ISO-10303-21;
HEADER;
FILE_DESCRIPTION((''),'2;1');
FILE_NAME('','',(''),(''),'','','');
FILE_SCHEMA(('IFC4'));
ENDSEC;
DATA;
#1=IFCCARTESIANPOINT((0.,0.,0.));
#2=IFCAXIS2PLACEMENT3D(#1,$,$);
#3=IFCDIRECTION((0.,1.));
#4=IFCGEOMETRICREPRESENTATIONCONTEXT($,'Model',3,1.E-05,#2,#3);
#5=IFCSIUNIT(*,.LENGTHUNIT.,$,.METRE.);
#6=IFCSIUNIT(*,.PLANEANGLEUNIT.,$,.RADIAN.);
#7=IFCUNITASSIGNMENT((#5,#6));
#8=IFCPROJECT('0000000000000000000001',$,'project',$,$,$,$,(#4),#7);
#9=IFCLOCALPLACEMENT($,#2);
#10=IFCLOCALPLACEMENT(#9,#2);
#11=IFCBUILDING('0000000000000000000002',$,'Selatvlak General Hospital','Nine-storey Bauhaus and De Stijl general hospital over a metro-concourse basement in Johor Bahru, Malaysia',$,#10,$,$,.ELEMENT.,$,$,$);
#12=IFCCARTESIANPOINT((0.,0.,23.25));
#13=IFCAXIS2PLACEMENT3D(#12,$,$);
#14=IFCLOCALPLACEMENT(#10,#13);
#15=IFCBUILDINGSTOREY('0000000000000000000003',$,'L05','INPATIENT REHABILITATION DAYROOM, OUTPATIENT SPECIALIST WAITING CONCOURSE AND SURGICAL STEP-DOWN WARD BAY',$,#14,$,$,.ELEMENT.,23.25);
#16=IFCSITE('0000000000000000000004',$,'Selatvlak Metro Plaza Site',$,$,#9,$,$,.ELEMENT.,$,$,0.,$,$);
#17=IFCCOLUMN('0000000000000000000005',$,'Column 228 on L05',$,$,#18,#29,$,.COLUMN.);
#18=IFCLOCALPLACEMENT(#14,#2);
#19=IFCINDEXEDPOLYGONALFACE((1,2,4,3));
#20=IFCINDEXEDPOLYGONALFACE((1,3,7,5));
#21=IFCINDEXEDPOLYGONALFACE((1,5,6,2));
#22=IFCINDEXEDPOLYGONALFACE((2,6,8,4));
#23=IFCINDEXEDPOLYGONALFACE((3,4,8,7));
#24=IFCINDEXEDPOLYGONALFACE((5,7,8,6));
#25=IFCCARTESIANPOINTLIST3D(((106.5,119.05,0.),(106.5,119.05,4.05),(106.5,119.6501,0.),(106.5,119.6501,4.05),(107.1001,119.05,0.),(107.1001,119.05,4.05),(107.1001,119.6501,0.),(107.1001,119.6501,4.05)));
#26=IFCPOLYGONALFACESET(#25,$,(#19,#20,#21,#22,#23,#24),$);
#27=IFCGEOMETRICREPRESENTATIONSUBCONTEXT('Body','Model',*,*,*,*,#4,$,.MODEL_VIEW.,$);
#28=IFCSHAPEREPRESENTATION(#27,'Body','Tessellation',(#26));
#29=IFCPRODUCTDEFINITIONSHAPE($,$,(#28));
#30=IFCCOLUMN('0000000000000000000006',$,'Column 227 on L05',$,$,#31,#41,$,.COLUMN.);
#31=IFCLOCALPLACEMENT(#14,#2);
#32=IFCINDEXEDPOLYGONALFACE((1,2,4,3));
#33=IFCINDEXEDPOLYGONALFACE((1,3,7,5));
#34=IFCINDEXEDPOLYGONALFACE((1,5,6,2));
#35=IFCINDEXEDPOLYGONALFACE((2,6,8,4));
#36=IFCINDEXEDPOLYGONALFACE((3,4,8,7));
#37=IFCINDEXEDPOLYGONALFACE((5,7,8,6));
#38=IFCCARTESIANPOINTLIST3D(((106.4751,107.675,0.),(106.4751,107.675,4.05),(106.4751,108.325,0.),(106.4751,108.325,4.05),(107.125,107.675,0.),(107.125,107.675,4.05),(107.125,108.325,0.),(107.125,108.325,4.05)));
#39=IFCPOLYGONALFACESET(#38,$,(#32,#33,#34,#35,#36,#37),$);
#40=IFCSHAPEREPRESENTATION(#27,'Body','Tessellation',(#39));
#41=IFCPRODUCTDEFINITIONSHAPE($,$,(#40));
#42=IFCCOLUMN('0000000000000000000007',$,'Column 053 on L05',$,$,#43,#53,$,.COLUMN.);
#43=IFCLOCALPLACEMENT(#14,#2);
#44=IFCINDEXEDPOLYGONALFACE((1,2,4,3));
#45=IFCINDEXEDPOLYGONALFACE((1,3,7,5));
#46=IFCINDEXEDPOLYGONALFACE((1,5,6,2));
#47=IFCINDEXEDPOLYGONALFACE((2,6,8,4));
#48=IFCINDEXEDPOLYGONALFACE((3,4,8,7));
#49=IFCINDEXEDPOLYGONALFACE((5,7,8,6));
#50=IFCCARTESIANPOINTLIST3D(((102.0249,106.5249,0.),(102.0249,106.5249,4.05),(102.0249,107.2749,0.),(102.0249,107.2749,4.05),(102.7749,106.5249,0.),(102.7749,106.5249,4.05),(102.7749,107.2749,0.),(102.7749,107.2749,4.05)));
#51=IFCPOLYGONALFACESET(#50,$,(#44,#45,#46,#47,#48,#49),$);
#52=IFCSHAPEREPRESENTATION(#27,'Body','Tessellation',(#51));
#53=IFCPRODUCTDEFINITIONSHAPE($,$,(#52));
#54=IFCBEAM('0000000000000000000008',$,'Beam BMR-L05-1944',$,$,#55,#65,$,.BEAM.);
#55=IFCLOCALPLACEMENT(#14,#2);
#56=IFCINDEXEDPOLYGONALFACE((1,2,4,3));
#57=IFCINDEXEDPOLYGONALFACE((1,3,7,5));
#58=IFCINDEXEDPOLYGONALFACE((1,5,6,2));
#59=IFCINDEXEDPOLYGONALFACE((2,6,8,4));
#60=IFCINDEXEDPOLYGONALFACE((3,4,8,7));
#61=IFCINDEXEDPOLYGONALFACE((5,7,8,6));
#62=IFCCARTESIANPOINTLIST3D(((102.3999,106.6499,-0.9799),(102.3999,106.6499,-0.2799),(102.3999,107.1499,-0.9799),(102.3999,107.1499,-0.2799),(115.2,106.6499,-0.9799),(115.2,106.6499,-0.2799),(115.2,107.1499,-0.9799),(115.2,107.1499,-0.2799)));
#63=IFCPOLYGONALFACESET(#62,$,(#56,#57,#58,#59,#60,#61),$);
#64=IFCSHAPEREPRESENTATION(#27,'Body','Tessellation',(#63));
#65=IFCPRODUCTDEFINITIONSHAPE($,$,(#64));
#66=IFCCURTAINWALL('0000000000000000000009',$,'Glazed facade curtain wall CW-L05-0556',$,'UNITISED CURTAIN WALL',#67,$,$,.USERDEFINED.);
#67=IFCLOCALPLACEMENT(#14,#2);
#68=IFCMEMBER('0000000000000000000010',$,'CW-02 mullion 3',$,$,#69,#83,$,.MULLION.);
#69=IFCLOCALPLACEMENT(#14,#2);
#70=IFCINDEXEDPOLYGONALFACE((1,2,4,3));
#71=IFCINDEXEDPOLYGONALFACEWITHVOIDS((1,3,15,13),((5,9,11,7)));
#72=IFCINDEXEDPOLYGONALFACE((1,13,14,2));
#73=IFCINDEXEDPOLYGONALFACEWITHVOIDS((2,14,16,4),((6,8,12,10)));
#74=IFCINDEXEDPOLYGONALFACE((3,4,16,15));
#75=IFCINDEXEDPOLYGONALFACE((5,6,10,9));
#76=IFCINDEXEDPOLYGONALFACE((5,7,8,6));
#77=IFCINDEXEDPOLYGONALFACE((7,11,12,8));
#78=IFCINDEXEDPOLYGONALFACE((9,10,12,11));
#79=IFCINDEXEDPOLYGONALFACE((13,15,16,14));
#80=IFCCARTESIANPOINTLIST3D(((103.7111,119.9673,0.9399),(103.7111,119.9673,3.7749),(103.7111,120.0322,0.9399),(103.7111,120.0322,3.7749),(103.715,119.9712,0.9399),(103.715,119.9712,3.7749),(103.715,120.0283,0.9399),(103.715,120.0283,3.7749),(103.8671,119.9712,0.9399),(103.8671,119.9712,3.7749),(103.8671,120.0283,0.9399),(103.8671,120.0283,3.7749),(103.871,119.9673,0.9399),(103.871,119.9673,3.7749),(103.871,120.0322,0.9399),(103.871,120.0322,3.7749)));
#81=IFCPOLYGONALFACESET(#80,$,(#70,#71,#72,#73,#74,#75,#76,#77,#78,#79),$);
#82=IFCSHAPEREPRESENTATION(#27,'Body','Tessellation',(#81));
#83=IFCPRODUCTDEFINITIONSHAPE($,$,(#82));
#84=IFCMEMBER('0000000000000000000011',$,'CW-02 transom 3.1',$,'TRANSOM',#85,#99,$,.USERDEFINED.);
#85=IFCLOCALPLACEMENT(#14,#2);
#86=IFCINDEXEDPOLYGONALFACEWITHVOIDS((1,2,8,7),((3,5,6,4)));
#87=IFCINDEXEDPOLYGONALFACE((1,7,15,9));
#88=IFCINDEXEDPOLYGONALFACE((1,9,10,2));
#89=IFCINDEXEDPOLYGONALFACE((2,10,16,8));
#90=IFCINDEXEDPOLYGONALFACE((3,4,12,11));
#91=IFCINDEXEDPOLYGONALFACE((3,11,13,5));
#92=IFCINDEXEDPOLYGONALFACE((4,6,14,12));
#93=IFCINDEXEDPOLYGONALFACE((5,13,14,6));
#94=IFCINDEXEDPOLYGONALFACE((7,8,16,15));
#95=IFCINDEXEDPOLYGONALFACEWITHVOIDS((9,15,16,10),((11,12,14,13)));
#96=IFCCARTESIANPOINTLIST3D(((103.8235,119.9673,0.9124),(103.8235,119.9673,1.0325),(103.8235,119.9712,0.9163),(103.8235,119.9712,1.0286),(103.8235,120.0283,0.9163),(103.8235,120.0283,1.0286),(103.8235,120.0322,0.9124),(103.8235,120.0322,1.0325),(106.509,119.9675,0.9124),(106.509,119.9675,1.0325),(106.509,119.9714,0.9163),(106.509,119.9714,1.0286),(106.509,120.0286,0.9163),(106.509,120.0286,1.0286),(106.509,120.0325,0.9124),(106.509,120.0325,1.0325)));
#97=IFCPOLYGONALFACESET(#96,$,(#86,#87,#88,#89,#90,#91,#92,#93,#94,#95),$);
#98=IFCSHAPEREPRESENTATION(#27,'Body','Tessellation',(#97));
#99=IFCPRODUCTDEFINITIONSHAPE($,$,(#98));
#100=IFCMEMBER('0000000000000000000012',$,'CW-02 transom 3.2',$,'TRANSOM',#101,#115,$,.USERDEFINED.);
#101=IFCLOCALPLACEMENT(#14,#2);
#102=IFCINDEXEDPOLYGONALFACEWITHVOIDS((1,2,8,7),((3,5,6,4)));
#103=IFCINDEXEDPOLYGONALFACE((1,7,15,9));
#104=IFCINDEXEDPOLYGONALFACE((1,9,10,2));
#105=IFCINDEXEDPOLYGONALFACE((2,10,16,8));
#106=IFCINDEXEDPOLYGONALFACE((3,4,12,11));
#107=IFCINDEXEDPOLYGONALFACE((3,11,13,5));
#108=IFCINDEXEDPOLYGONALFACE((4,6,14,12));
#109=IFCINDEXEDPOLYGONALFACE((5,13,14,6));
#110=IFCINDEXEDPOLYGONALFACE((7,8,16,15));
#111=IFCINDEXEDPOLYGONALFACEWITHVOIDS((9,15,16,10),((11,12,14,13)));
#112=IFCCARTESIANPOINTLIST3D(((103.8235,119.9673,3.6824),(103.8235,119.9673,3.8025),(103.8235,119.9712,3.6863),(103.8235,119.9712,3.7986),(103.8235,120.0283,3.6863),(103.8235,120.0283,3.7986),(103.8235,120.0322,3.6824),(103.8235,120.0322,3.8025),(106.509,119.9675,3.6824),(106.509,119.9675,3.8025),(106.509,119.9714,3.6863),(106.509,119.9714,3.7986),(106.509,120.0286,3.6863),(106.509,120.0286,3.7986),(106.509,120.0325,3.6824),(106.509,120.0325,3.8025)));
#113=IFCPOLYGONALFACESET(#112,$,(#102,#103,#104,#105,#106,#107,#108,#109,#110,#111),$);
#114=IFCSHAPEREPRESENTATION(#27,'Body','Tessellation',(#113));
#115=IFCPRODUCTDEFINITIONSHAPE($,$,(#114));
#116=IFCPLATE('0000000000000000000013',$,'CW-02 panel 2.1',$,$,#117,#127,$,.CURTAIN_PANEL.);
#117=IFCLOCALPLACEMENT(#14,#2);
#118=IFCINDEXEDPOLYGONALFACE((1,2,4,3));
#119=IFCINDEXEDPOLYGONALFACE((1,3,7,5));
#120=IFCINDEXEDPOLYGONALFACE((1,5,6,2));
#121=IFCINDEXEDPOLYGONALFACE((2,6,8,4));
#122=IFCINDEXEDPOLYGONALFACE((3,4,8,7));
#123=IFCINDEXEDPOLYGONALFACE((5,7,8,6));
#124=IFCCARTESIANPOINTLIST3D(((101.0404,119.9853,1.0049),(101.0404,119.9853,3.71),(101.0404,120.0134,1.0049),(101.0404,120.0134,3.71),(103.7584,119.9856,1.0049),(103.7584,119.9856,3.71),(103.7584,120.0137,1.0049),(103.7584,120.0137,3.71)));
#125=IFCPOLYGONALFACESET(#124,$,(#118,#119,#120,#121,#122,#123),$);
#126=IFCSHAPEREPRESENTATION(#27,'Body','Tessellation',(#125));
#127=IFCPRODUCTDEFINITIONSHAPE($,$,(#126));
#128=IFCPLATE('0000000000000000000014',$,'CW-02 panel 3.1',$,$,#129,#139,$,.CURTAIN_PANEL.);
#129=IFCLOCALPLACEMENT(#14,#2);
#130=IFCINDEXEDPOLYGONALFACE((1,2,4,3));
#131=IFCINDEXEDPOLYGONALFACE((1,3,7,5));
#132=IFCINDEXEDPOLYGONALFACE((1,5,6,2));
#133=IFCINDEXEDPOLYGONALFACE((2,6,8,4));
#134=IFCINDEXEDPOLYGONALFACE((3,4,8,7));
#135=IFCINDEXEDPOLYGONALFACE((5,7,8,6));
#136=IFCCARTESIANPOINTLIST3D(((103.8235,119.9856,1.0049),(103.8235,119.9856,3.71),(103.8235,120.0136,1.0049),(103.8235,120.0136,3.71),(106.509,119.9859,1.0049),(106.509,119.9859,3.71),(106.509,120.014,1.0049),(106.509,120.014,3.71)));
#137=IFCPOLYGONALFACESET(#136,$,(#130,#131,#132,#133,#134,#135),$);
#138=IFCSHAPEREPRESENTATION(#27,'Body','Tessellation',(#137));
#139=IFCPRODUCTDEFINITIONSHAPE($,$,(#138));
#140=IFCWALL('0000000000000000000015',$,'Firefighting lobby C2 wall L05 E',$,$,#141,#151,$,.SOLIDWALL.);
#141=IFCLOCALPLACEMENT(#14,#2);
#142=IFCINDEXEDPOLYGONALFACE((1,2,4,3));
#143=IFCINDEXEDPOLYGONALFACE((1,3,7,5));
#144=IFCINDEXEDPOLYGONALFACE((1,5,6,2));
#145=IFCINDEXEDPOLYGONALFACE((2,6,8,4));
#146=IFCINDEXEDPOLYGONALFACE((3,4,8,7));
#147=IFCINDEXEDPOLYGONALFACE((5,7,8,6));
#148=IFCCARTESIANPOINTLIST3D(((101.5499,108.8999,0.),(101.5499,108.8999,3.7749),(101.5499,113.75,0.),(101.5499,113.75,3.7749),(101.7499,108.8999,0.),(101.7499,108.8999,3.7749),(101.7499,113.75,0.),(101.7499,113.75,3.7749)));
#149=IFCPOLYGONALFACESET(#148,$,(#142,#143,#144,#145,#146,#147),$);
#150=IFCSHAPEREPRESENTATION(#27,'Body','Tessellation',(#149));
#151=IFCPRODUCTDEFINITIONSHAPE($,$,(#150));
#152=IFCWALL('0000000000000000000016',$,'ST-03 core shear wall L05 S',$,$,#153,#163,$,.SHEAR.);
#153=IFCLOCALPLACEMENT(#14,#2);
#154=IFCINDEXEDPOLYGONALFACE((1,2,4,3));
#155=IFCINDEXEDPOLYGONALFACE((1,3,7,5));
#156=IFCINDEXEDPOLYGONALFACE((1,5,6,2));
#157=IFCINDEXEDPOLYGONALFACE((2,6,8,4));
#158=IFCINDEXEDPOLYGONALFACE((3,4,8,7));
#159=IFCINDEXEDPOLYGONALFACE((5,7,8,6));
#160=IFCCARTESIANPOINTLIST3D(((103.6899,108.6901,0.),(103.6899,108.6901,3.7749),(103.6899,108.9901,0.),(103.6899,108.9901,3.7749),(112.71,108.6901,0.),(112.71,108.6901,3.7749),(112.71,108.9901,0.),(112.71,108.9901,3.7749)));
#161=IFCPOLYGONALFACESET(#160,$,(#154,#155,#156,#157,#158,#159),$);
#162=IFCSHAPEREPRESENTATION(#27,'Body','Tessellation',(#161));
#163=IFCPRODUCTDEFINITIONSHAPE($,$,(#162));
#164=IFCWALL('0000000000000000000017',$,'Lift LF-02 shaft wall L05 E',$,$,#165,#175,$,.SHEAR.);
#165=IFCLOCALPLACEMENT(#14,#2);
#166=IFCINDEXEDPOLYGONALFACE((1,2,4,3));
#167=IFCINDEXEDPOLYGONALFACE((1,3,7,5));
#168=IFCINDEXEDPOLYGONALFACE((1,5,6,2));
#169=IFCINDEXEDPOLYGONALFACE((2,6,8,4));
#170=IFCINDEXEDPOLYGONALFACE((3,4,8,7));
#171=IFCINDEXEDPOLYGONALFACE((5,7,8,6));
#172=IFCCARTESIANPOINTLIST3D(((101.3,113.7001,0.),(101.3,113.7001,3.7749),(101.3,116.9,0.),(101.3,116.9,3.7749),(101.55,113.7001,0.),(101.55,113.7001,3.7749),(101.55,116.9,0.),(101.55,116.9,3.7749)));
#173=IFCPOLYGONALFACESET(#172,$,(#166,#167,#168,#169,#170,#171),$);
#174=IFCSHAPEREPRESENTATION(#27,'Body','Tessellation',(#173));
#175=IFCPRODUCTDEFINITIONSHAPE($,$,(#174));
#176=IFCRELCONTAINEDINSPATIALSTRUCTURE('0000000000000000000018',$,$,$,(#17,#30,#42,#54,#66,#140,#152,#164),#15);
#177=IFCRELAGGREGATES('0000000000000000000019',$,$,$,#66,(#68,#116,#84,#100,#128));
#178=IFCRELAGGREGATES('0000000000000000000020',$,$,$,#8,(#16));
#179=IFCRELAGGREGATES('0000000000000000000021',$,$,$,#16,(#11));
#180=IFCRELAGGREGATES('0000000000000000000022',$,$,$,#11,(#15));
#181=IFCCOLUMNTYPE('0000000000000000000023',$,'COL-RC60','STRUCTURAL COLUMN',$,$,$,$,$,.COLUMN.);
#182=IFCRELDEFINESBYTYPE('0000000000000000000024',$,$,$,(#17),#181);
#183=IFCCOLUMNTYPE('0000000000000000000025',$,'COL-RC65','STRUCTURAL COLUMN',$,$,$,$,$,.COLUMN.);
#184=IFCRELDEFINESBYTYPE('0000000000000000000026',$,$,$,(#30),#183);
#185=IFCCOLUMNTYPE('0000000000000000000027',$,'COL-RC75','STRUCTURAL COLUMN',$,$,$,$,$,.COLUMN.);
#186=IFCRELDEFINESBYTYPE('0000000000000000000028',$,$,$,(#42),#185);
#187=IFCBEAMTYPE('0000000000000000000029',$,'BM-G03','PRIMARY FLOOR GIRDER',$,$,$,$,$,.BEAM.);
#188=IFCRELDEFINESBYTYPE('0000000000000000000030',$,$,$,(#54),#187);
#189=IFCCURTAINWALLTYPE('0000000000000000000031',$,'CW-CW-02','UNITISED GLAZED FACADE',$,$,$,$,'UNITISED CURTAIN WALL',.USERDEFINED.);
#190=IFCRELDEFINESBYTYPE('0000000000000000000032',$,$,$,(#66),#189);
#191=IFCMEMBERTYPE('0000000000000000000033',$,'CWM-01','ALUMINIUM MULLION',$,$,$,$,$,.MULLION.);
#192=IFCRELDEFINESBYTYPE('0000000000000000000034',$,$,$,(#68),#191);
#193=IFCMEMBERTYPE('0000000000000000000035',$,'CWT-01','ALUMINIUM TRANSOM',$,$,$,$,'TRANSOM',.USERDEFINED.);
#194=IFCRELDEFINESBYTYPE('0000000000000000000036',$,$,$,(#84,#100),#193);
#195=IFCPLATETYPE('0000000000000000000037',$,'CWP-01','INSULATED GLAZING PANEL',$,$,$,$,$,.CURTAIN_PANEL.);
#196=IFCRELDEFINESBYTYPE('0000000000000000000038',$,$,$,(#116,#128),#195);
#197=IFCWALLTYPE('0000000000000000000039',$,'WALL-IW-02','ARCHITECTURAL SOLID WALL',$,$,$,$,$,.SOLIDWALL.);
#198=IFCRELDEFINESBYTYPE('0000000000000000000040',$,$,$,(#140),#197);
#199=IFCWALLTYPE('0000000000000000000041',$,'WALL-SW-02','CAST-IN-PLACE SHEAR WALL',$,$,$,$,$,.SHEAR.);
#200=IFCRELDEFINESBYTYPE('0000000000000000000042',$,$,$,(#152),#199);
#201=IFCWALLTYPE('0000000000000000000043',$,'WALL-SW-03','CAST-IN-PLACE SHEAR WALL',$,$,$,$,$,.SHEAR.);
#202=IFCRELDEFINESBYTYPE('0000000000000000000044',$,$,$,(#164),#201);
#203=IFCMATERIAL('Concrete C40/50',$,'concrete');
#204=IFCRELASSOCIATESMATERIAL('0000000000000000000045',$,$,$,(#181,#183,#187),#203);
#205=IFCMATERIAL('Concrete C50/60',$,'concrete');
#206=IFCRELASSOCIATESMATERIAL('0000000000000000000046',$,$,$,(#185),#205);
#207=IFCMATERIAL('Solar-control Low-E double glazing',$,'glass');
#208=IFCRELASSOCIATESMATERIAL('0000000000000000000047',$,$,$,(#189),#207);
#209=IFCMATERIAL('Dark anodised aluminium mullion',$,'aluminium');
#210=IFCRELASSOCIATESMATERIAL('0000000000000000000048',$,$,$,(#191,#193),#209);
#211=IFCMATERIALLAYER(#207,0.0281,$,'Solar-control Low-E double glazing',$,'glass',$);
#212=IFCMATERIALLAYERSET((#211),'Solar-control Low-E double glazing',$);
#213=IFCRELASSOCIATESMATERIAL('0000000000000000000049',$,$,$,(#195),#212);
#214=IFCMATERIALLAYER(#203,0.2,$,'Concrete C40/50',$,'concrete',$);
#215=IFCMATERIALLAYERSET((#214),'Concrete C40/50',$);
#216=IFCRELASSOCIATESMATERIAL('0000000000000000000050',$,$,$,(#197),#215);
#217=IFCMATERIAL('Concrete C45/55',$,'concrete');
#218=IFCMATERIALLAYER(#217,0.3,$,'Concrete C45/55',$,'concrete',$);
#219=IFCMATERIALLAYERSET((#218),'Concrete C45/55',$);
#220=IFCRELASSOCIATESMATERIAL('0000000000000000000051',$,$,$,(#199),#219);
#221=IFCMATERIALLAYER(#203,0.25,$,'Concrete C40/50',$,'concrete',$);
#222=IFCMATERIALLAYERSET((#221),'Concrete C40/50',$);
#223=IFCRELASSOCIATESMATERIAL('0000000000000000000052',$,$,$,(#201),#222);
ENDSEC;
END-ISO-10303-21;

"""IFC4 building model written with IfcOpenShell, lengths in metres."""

from ifc_helpers import new_model, si_unit, direction, frame, frame_2d, origin, origin_2d, place, context, subcontext, project, spatial, rectangle, hollow_rectangle, extrude, material, layer, layer_set, material_profile, profile_set, type_object, element, aggregate, save


model = new_model("IFC4")

# Units and contexts
model_context = context("Model", 3, precision=1e-05, world=origin(), true_north=direction((0.0, 1.0)))
body_context = subcontext(model_context, "Body", "Model", "MODEL_VIEW")
ifc_project = project(units=[si_unit("LENGTHUNIT", "METRE"), si_unit("PLANEANGLEUNIT", "RADIAN")], contexts=[model_context])

# Site, building, storey
site_placement = place(None, origin())
site = spatial("IfcSite", under=ifc_project, at=site_placement, Name="Selatvlak Metro Plaza Site", CompositionType="ELEMENT", RefElevation=0.0)
building_placement = place(site_placement, origin())
building = spatial("IfcBuilding", under=site, at=building_placement, Name="Selatvlak General Hospital", Description="Nine-storey Bauhaus and De Stijl general hospital over a metro-concourse basement in Johor Bahru, Malaysia", CompositionType="ELEMENT")
storey_placement = place(building_placement, frame((0.0, 0.0, 23.25)))
storey = spatial("IfcBuildingStorey", under=building, at=storey_placement, Name="L05", Description="INPATIENT REHABILITATION DAYROOM, OUTPATIENT SPECIALIST WAITING CONCOURSE AND SURGICAL STEP-DOWN WARD BAY", CompositionType="ELEMENT", Elevation=23.25)

# Columns
ifc_material_1 = material(Name="Concrete C40/50", Category="concrete")
ifc_material_profile_1 = material_profile(ifc_material_1, rectangle(XDim=0.6001, YDim=0.6001, at=origin_2d()), Name="RC-COL 600x600")
ifc_profile_set_1 = profile_set([ifc_material_profile_1], Name="Concrete C40/50")
column_type_1 = type_object("IfcColumnType", Name="COL-RC60", Description="STRUCTURAL COLUMN", PredefinedType="COLUMN", material=ifc_profile_set_1)
column_1_placement = place(storey_placement, frame((106.8, 119.3501, 0.0), z_axis=(0.0, 0.0, 1.0), x_axis=(1.0, 0.0, 0.0)))
element("IfcColumn", 1, at=column_1_placement, inside=storey, type_object=column_type_1, Name="Column 228 on L05", PredefinedType="COLUMN", context=body_context, shape_type="SweptSolid", body=[
    extrude(rectangle(XDim=0.6001, YDim=0.6001, at=origin_2d()), origin(), (0.0, 0.0, 1.0), 4.05),
])
ifc_material_profile_2 = material_profile(ifc_material_1, rectangle(XDim=0.6499, YDim=0.6499, at=origin_2d()), Name="RC-COL 650x650")
ifc_profile_set_2 = profile_set([ifc_material_profile_2], Name="Concrete C40/50")
column_type_2 = type_object("IfcColumnType", Name="COL-RC65", Description="STRUCTURAL COLUMN", PredefinedType="COLUMN", material=ifc_profile_set_2)
column_2_placement = place(storey_placement, frame((106.8, 108.0, 0.0), z_axis=(0.0, 0.0, 1.0), x_axis=(1.0, 0.0, 0.0)))
element("IfcColumn", 2, at=column_2_placement, inside=storey, type_object=column_type_2, Name="Column 227 on L05", PredefinedType="COLUMN", context=body_context, shape_type="SweptSolid", body=[
    extrude(rectangle(XDim=0.6499, YDim=0.6499, at=origin_2d()), origin(), (0.0, 0.0, 1.0), 4.05),
])
ifc_material_2 = material(Name="Concrete C50/60", Category="concrete")
ifc_material_profile_3 = material_profile(ifc_material_2, rectangle(XDim=0.75, YDim=0.75, at=origin_2d()), Name="RC-COL 750x750")
ifc_profile_set_3 = profile_set([ifc_material_profile_3], Name="Concrete C50/60")
column_type_3 = type_object("IfcColumnType", Name="COL-RC75", Description="STRUCTURAL COLUMN", PredefinedType="COLUMN", material=ifc_profile_set_3)
column_3_placement = place(storey_placement, frame((102.3999, 106.8999, 0.0), z_axis=(0.0, 0.0, 1.0), x_axis=(1.0, 0.0, 0.0)))
element("IfcColumn", 3, at=column_3_placement, inside=storey, type_object=column_type_3, Name="Column 053 on L05", PredefinedType="COLUMN", context=body_context, shape_type="SweptSolid", body=[
    extrude(rectangle(XDim=0.75, YDim=0.75, at=origin_2d()), origin(), (0.0, 0.0, 1.0), 4.05),
])

# Beam
ifc_material_profile_4 = material_profile(ifc_material_1, rectangle(XDim=0.5, YDim=0.7, at=origin_2d()), Name="RC-BM 500x700")
ifc_profile_set_4 = profile_set([ifc_material_profile_4], Name="Concrete C40/50")
beam_type = type_object("IfcBeamType", Name="BM-G03", Description="PRIMARY FLOOR GIRDER", PredefinedType="BEAM", material=ifc_profile_set_4)
beam_placement = place(storey_placement, frame((102.3999, 106.8999, -0.6299), z_axis=(1.0, 0.0, 0.0), x_axis=(0.0, 1.0, 0.0)))
element("IfcBeam", 4, at=beam_placement, inside=storey, type_object=beam_type, Name="Beam BMR-L05-1944", PredefinedType="BEAM", context=body_context, shape_type="SweptSolid", body=[
    extrude(rectangle(XDim=0.5, YDim=0.7, at=origin_2d()), origin(), (0.0, 0.0, 1.0), 12.8),
])

# Curtain wall, members, plates
ifc_material_3 = material(Name="Solar-control Low-E double glazing", Category="glass")
curtain_wall_type = type_object("IfcCurtainWallType", Name="CW-CW-02", Description="UNITISED GLAZED FACADE", ElementType="UNITISED CURTAIN WALL", PredefinedType="USERDEFINED", material=ifc_material_3)
curtain_wall_placement = place(storey_placement, origin())
curtain_wall = element("IfcCurtainWall", 5, at=curtain_wall_placement, inside=storey, type_object=curtain_wall_type, Name="Glazed facade curtain wall CW-L05-0556", ObjectType="UNITISED CURTAIN WALL", PredefinedType="USERDEFINED")
ifc_material_4 = material(Name="Dark anodised aluminium mullion", Category="aluminium")
ifc_material_profile_5 = material_profile(ifc_material_4, hollow_rectangle(XDim=0.0649, YDim=0.1599, WallThickness=0.0039, at=origin_2d()), Name="AL-MUL 65x160x4")
ifc_profile_set_5 = profile_set([ifc_material_profile_5], Name="Dark anodised aluminium mullion")
member_type_1 = type_object("IfcMemberType", Name="CWM-01", Description="ALUMINIUM MULLION", PredefinedType="MULLION", material=ifc_profile_set_5)
member_1_placement = place(storey_placement, frame((103.791, 119.9998, 0.9399), z_axis=(0.0, 0.0, 1.0), x_axis=(-0.00012, 1.0, 0.0)))
member_1 = element("IfcMember", 6, at=member_1_placement, type_object=member_type_1, Name="CW-02 mullion 3", PredefinedType="MULLION", context=body_context, shape_type="SweptSolid", body=[
    extrude(hollow_rectangle(XDim=0.0649, YDim=0.1599, WallThickness=0.0039, at=origin_2d()), origin(), (0.0, 0.0, 1.0), 2.835),
])
ifc_material_profile_6 = material_profile(ifc_material_4, hollow_rectangle(XDim=0.0649, YDim=0.1201, WallThickness=0.0039, at=origin_2d()), Name="AL-TRN 65x120x4")
ifc_profile_set_6 = profile_set([ifc_material_profile_6], Name="Dark anodised aluminium mullion")
member_type_2 = type_object("IfcMemberType", Name="CWT-01", Description="ALUMINIUM TRANSOM", ElementType="TRANSOM", PredefinedType="USERDEFINED", material=ifc_profile_set_6)
member_2_placement = place(storey_placement, frame((103.8235, 119.9998, 0.9724), z_axis=(1.0, 0.000091, 0.0), x_axis=(-0.000091, 1.0, 0.0)))
member_2 = element("IfcMember", 7, at=member_2_placement, type_object=member_type_2, Name="CW-02 transom 3.1", ObjectType="TRANSOM", PredefinedType="USERDEFINED", context=body_context, shape_type="SweptSolid", body=[
    extrude(hollow_rectangle(XDim=0.0649, YDim=0.1201, WallThickness=0.0039, at=origin_2d()), origin(), (0.0, 0.0, 1.0), 2.6855),
])
member_3_placement = place(storey_placement, frame((103.8235, 119.9998, 3.7424), z_axis=(1.0, 0.000091, 0.0), x_axis=(-0.000091, 1.0, 0.0)))
member_3 = element("IfcMember", 8, at=member_3_placement, type_object=member_type_2, Name="CW-02 transom 3.2", ObjectType="TRANSOM", PredefinedType="USERDEFINED", context=body_context, shape_type="SweptSolid", body=[
    extrude(hollow_rectangle(XDim=0.0649, YDim=0.1201, WallThickness=0.0039, at=origin_2d()), origin(), (0.0, 0.0, 1.0), 2.6855),
])
ifc_layer_1 = layer(ifc_material_3, 0.0281, Name="Solar-control Low-E double glazing", Category="glass")
ifc_layer_set_1 = layer_set([ifc_layer_1], Name="Solar-control Low-E double glazing")
plate_type = type_object("IfcPlateType", Name="CWP-01", Description="INSULATED GLAZING PANEL", PredefinedType="CURTAIN_PANEL", material=ifc_layer_set_1)
plate_1_placement = place(storey_placement, frame((102.3994, 119.9995, 1.0049), z_axis=(0.0, 0.0, 1.0), x_axis=(1.0, 0.00012, 0.0)))
plate_1 = element("IfcPlate", 9, at=plate_1_placement, type_object=plate_type, Name="CW-02 panel 2.1", PredefinedType="CURTAIN_PANEL", context=body_context, shape_type="SweptSolid", body=[
    extrude(rectangle(XDim=2.718, YDim=0.0281, at=origin_2d()), origin(), (0.0, 0.0, 1.0), 2.7051),
])
plate_2_placement = place(storey_placement, frame((105.1663, 119.9998, 1.0049), z_axis=(0.0, 0.0, 1.0), x_axis=(1.0, 0.00012, 0.0)))
plate_2 = element("IfcPlate", 10, at=plate_2_placement, type_object=plate_type, Name="CW-02 panel 3.1", PredefinedType="CURTAIN_PANEL", context=body_context, shape_type="SweptSolid", body=[
    extrude(rectangle(XDim=2.6855, YDim=0.0281, at=origin_2d()), origin(), (0.0, 0.0, 1.0), 2.7051),
])
aggregate(curtain_wall, [member_1, plate_1, member_2, member_3, plate_2])

# Wall
ifc_layer_2 = layer(ifc_material_1, 0.2, Name="Concrete C40/50", Category="concrete")
ifc_layer_set_2 = layer_set([ifc_layer_2], Name="Concrete C40/50")
wall_type_1 = type_object("IfcWallType", Name="WALL-IW-02", Description="ARCHITECTURAL SOLID WALL", PredefinedType="SOLIDWALL", material=ifc_layer_set_2)
wall_1_placement = place(storey_placement, frame((101.6499, 108.8999, 0.0), z_axis=(0.0, 0.0, 1.0), x_axis=(0.0, 1.0, 0.0)))
element("IfcWall", 11, at=wall_1_placement, inside=storey, type_object=wall_type_1, Name="Firefighting lobby C2 wall L05 E", PredefinedType="SOLIDWALL", context=body_context, shape_type="SweptSolid", body=[
    extrude(rectangle(XDim=4.8501, YDim=0.2, at=frame_2d((2.425, 0.0))), origin(), (0.0, 0.0, 1.0), 3.7749),
])

# Wall
ifc_material_5 = material(Name="Concrete C45/55", Category="concrete")
ifc_layer_3 = layer(ifc_material_5, 0.3, Name="Concrete C45/55", Category="concrete")
ifc_layer_set_3 = layer_set([ifc_layer_3], Name="Concrete C45/55")
wall_type_2 = type_object("IfcWallType", Name="WALL-SW-02", Description="CAST-IN-PLACE SHEAR WALL", PredefinedType="SHEAR", material=ifc_layer_set_3)
wall_2_placement = place(storey_placement, frame((103.6899, 108.8401, 0.0), z_axis=(0.0, 0.0, 1.0), x_axis=(1.0, 0.0, 0.0)))
element("IfcWall", 12, at=wall_2_placement, inside=storey, type_object=wall_type_2, Name="ST-03 core shear wall L05 S", PredefinedType="SHEAR", context=body_context, shape_type="SweptSolid", body=[
    extrude(rectangle(XDim=9.02, YDim=0.3, at=frame_2d((4.51, 0.0))), origin(), (0.0, 0.0, 1.0), 3.7749),
])

# Wall
ifc_layer_4 = layer(ifc_material_1, 0.25, Name="Concrete C40/50", Category="concrete")
ifc_layer_set_4 = layer_set([ifc_layer_4], Name="Concrete C40/50")
wall_type_3 = type_object("IfcWallType", Name="WALL-SW-03", Description="CAST-IN-PLACE SHEAR WALL", PredefinedType="SHEAR", material=ifc_layer_set_4)
wall_3_placement = place(storey_placement, frame((101.425, 113.7, 0.0), z_axis=(0.0, 0.0, 1.0), x_axis=(0.0, 1.0, 0.0)))
element("IfcWall", 13, at=wall_3_placement, inside=storey, type_object=wall_type_3, Name="Lift LF-02 shaft wall L05 E", PredefinedType="SHEAR", context=body_context, shape_type="SweptSolid", body=[
    extrude(rectangle(XDim=3.2, YDim=0.25, at=frame_2d((1.6001, 0.0))), origin(), (0.0, 0.0, 1.0), 3.7749),
])

save(model, "model.ifc")
